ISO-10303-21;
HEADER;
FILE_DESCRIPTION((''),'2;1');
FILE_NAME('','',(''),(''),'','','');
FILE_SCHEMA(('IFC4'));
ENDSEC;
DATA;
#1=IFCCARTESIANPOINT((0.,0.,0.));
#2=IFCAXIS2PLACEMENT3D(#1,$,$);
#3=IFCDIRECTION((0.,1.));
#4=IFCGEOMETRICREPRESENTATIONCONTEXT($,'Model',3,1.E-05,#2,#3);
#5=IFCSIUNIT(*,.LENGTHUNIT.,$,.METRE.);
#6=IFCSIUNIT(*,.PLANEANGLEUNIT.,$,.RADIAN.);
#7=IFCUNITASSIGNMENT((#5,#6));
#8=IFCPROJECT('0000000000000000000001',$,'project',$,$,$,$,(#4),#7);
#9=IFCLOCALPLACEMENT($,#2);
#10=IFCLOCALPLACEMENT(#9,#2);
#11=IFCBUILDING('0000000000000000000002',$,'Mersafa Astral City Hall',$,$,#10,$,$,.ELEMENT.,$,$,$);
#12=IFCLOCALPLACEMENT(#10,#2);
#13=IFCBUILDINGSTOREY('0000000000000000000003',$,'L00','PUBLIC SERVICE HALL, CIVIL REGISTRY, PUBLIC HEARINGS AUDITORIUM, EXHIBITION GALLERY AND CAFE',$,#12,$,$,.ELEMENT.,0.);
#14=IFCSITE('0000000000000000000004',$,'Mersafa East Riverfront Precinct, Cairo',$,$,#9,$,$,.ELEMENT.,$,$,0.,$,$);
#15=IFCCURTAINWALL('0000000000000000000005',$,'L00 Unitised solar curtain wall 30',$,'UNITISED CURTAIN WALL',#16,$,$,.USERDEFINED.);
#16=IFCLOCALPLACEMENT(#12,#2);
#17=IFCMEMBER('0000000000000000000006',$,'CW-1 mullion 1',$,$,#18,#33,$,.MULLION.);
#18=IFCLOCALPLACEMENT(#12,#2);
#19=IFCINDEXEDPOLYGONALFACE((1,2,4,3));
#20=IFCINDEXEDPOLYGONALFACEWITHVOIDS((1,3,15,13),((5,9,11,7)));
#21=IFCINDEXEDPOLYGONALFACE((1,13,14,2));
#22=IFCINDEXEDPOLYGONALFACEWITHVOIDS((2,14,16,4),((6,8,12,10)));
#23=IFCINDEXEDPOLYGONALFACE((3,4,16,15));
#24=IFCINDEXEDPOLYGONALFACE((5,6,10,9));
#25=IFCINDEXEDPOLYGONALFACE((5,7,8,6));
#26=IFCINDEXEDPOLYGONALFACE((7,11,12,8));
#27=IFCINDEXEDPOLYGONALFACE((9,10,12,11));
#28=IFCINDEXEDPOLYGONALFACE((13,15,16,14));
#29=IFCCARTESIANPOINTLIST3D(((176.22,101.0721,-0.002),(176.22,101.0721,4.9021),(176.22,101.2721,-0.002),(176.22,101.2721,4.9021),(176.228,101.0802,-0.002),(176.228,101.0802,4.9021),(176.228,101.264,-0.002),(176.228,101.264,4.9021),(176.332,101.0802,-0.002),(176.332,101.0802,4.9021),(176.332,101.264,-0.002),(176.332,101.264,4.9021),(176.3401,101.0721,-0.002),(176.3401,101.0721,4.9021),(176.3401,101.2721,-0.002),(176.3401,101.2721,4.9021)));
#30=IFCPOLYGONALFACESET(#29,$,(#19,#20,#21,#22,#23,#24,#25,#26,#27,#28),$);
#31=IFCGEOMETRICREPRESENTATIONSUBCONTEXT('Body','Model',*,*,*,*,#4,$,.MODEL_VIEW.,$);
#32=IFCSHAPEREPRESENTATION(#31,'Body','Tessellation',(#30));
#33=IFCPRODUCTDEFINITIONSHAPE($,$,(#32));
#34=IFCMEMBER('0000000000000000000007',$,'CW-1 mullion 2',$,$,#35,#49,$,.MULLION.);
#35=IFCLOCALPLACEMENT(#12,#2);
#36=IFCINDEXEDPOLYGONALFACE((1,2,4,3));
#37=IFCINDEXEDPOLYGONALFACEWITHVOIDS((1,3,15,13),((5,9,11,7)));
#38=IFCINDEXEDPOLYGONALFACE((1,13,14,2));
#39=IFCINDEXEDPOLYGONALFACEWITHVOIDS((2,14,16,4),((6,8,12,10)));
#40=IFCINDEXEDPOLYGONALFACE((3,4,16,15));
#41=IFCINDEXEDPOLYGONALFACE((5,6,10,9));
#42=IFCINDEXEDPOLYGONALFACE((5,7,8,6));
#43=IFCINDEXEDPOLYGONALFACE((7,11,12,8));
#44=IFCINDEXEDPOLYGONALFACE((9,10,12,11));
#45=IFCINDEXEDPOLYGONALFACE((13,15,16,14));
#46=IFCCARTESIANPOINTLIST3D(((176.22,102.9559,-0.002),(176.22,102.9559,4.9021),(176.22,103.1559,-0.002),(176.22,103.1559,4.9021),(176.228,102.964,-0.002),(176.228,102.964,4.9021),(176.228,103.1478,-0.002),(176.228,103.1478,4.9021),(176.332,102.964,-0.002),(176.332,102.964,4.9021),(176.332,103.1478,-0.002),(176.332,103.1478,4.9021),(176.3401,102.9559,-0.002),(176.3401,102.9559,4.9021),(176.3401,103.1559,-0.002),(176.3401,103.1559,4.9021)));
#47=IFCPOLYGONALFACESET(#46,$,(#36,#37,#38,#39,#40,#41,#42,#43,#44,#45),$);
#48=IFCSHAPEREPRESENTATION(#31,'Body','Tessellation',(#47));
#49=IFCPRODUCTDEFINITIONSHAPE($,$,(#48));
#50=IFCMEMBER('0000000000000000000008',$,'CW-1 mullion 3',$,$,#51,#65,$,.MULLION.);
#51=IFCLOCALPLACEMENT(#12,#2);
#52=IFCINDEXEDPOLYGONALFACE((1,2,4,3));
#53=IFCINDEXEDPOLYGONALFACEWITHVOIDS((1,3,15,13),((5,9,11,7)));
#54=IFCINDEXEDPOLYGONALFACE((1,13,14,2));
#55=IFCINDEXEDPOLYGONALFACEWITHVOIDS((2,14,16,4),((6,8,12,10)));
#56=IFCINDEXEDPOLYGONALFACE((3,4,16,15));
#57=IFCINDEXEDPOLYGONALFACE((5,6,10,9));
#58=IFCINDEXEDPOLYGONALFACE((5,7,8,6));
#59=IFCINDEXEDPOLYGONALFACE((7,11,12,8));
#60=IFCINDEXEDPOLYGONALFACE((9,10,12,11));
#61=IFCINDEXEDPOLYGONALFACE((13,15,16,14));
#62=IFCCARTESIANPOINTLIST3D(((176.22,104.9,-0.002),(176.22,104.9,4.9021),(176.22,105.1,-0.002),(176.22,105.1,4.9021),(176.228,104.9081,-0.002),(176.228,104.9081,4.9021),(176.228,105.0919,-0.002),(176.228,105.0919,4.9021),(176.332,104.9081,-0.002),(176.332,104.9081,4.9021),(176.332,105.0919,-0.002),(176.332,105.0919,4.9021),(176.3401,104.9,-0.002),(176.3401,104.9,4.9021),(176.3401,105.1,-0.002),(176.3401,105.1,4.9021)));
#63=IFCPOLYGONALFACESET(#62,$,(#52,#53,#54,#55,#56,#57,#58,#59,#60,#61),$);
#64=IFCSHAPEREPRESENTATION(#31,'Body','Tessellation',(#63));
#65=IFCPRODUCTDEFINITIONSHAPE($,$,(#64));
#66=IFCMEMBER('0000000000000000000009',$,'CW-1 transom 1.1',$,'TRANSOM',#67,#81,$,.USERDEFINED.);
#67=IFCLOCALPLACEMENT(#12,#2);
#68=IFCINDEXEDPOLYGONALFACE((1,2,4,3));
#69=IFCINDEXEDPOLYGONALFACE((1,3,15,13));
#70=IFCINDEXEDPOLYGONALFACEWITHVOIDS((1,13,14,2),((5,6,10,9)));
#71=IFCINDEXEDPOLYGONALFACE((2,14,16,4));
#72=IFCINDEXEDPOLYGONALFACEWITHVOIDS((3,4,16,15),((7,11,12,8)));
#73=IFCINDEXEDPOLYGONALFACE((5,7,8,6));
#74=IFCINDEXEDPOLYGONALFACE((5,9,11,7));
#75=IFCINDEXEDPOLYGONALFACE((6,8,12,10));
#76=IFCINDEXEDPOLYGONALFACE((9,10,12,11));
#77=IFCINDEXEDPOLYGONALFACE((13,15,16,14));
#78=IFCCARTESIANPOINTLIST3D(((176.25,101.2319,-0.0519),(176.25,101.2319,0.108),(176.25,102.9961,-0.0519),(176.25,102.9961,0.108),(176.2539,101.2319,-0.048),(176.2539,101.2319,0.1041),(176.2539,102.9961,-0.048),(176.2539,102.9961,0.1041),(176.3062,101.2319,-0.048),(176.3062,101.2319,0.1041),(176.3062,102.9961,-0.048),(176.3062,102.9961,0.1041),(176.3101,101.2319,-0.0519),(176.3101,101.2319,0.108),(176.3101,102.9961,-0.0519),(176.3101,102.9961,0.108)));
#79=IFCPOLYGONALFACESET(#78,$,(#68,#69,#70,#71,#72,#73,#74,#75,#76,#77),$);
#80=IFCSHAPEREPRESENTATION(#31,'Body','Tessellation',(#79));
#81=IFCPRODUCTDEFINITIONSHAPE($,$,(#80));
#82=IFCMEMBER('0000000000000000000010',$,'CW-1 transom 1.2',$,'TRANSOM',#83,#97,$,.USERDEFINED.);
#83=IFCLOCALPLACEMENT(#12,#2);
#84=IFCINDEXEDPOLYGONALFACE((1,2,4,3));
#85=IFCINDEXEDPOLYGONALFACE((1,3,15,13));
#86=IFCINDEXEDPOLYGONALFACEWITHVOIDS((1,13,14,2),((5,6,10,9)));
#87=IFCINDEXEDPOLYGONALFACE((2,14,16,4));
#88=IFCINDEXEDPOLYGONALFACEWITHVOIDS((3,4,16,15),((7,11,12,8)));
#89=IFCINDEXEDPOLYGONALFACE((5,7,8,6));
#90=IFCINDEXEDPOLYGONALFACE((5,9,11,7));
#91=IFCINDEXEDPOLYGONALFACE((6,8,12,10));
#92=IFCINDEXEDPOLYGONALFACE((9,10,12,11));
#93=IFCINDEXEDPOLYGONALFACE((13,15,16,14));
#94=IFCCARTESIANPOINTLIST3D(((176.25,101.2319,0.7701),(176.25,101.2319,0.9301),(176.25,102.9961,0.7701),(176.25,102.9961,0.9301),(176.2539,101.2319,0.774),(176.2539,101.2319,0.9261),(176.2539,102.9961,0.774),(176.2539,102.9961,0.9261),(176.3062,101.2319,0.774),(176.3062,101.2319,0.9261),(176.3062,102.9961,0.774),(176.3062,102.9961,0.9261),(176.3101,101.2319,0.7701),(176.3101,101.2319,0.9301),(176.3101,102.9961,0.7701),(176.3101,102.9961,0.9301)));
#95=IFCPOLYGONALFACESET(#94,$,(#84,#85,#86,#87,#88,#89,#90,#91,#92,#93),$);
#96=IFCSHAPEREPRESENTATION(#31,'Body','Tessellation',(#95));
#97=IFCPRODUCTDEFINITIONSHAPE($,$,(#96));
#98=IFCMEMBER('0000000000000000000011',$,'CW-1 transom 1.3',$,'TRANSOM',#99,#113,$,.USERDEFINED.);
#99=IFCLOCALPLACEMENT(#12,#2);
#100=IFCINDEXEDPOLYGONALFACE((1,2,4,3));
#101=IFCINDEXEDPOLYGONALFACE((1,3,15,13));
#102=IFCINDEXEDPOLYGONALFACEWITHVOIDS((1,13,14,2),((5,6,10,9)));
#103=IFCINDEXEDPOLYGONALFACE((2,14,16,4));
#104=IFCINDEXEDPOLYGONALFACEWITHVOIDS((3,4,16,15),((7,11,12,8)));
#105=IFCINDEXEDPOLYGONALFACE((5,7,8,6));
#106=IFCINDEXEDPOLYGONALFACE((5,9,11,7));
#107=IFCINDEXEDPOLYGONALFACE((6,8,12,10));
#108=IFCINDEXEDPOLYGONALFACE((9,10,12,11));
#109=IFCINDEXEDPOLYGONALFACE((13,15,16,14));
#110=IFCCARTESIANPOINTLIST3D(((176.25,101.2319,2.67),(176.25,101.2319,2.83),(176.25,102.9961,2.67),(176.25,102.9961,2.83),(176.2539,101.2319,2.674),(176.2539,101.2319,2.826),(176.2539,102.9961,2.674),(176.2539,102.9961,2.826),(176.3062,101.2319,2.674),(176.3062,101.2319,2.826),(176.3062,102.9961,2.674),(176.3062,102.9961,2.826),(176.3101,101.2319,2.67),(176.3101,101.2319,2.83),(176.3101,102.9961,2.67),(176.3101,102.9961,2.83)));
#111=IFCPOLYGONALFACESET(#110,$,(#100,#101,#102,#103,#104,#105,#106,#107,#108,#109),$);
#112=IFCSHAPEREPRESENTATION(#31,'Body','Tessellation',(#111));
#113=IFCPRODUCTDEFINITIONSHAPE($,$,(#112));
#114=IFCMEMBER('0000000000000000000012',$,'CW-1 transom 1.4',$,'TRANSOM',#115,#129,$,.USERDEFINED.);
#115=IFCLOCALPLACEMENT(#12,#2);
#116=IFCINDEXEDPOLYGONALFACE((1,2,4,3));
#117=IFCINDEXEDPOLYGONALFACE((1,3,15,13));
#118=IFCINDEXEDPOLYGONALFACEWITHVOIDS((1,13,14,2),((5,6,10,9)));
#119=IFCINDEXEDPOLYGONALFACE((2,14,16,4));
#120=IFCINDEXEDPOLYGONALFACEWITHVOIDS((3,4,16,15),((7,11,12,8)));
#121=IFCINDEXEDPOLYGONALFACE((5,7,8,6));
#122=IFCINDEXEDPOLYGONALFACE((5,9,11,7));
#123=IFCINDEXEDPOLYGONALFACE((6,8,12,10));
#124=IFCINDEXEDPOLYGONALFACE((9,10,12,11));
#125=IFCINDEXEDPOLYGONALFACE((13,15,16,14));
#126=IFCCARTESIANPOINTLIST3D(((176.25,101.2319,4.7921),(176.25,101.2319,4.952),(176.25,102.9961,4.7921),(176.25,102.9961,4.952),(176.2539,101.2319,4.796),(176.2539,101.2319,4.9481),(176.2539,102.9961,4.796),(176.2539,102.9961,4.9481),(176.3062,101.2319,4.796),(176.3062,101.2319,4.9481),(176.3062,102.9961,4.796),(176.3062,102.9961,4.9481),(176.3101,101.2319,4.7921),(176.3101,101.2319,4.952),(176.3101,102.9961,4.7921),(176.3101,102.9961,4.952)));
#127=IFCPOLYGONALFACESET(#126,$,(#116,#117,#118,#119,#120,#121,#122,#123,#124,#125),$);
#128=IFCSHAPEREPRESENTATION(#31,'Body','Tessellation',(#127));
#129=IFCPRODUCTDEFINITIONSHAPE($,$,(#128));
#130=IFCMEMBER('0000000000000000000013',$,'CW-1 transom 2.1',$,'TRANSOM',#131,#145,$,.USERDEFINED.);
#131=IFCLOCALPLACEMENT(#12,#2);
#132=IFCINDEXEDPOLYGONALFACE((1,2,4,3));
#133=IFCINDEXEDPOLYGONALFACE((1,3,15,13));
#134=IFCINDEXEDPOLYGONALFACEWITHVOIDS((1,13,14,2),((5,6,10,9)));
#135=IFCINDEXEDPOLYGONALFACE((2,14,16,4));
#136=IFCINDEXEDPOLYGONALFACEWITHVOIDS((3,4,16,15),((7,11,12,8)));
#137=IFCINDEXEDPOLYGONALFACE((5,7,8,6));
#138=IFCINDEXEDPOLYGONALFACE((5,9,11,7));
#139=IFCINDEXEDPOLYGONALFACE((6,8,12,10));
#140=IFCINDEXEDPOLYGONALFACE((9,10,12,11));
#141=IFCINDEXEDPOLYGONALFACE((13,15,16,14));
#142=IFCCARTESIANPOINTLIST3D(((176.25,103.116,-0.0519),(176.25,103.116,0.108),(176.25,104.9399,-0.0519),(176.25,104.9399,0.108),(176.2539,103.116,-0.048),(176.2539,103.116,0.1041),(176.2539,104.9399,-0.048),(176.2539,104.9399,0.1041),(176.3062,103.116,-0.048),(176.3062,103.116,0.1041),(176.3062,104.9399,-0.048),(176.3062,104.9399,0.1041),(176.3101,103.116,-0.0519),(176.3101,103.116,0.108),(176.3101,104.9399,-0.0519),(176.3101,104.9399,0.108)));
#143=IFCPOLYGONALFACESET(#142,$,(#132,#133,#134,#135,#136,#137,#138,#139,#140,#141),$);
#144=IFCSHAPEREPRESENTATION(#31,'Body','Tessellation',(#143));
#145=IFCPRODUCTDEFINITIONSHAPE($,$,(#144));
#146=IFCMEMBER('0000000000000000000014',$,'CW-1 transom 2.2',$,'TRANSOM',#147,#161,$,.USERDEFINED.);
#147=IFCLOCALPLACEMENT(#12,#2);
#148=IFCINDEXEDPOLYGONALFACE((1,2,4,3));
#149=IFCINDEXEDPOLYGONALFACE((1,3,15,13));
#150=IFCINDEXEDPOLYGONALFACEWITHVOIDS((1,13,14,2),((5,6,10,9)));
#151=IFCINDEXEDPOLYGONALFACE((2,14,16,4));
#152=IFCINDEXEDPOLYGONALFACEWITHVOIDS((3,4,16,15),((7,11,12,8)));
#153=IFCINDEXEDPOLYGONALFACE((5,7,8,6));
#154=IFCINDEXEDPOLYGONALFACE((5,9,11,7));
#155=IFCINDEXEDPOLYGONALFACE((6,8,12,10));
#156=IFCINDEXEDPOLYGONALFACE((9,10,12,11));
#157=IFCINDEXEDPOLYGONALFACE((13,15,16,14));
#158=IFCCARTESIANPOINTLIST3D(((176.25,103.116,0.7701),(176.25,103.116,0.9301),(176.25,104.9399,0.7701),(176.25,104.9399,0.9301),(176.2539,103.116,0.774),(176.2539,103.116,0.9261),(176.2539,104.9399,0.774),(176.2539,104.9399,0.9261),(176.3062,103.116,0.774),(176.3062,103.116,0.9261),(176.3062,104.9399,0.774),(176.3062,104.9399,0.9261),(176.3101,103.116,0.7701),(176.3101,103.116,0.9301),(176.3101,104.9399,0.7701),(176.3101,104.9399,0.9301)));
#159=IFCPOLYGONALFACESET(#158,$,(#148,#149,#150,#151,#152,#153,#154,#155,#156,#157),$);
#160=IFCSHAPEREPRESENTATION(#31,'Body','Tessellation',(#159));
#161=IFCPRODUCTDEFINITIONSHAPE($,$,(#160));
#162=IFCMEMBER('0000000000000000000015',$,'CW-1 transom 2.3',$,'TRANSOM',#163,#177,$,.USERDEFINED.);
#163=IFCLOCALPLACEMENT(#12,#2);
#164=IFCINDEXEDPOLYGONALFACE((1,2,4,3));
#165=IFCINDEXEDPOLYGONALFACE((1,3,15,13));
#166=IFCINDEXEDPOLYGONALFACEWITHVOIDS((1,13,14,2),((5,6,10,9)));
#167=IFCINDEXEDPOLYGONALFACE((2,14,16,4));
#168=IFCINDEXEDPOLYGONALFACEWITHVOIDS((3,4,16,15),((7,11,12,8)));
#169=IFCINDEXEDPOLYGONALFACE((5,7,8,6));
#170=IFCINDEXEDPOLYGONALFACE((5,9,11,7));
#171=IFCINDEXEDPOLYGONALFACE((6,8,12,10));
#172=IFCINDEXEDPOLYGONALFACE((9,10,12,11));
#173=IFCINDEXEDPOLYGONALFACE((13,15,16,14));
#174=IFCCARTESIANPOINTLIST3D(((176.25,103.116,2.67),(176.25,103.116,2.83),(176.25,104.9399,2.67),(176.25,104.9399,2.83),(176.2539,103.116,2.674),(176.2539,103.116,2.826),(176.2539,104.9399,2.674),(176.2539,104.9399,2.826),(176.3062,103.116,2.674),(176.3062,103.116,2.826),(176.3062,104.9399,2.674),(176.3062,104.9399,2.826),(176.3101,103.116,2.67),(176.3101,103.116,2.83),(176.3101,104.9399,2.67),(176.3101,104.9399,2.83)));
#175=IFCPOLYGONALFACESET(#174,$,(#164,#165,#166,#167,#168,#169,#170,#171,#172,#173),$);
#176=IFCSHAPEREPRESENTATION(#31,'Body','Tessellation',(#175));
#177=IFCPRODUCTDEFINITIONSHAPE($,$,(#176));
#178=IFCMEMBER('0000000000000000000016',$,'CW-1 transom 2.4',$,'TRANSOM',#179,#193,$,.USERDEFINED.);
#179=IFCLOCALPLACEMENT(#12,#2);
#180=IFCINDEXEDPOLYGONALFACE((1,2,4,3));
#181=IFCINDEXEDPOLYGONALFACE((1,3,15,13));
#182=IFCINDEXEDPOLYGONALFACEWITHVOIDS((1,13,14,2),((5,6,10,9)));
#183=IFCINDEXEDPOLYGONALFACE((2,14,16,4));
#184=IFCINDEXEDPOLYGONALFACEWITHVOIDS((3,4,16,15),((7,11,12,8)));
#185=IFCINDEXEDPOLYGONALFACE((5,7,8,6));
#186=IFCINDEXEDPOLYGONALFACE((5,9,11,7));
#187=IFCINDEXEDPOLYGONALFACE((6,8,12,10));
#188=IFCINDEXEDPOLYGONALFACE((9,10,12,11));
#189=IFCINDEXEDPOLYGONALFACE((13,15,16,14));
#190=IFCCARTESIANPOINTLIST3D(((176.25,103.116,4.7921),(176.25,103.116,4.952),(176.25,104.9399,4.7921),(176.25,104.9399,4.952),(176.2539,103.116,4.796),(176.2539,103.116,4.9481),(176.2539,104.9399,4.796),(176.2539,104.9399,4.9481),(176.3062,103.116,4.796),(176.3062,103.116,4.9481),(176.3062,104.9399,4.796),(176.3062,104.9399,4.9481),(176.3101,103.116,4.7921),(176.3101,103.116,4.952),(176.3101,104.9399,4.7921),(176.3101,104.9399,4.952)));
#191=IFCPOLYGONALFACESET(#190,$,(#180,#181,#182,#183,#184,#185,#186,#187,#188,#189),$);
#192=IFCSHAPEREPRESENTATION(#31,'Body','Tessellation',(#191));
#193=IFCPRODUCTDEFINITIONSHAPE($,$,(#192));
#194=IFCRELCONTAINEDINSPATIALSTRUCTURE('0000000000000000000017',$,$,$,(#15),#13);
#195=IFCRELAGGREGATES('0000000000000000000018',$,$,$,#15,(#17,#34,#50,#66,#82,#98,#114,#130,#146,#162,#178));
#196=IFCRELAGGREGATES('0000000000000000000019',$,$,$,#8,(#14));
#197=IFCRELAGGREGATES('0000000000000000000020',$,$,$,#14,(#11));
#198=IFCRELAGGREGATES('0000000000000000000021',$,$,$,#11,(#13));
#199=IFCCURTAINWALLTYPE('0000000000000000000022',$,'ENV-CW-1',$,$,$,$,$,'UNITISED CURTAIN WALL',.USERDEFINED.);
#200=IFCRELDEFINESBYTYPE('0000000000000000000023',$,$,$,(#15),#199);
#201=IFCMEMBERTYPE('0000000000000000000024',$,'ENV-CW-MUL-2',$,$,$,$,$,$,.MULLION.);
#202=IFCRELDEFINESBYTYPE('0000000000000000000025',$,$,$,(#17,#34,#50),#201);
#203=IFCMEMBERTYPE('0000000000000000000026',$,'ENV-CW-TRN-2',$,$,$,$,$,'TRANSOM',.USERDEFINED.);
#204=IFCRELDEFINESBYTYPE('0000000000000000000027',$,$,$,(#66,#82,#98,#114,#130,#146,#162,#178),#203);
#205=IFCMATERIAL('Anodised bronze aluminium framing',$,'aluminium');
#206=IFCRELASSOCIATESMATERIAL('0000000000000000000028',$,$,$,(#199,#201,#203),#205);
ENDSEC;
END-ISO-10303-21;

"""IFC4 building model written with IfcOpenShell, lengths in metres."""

from ifc_helpers import new_model, si_unit, direction, frame, origin, origin_2d, place, context, subcontext, project, spatial, hollow_rectangle, extrude, material, material_profile, profile_set, type_object, element, aggregate, save


model = new_model("IFC4")

# Units and contexts
model_context = context("Model", 3, precision=1e-05, world=origin(), true_north=direction((0.0, 1.0)))
body_context = subcontext(model_context, "Body", "Model", "MODEL_VIEW")
ifc_project = project(units=[si_unit("LENGTHUNIT", "METRE"), si_unit("PLANEANGLEUNIT", "RADIAN")], contexts=[model_context])

# Site, building, storey
site_placement = place(None, origin())
site = spatial("IfcSite", under=ifc_project, at=site_placement, Name="Mersafa East Riverfront Precinct, Cairo", CompositionType="ELEMENT", RefElevation=0.0)
building_placement = place(site_placement, origin())
building = spatial("IfcBuilding", under=site, at=building_placement, Name="Mersafa Astral City Hall", CompositionType="ELEMENT")
storey_placement = place(building_placement, origin())
storey = spatial("IfcBuildingStorey", under=building, at=storey_placement, Name="L00", Description="PUBLIC SERVICE HALL, CIVIL REGISTRY, PUBLIC HEARINGS AUDITORIUM, EXHIBITION GALLERY AND CAFE", CompositionType="ELEMENT", Elevation=0.0)

# Curtain wall, members
ifc_material_1 = material(Name="Anodised bronze aluminium framing", Category="aluminium")
curtain_wall_type = type_object("IfcCurtainWallType", Name="ENV-CW-1", ElementType="UNITISED CURTAIN WALL", PredefinedType="USERDEFINED", material=ifc_material_1)
curtain_wall_placement = place(storey_placement, origin())
curtain_wall = element("IfcCurtainWall", 1, at=curtain_wall_placement, inside=storey, type_object=curtain_wall_type, Name="L00 Unitised solar curtain wall 30", ObjectType="UNITISED CURTAIN WALL", PredefinedType="USERDEFINED")
ifc_material_profile_1 = material_profile(ifc_material_1, hollow_rectangle(XDim=0.1201, YDim=0.2, WallThickness=0.0081, at=origin_2d()), Name="RHS 120x200x8")
ifc_profile_set_1 = profile_set([ifc_material_profile_1], Name="Anodised bronze aluminium framing")
member_type_1 = type_object("IfcMemberType", Name="ENV-CW-MUL-2", PredefinedType="MULLION", material=ifc_profile_set_1)
member_1_placement = place(storey_placement, frame((176.28, 101.1721, -0.002), z_axis=(0.0, 0.0, 1.0), x_axis=(-1.0, 0.0, 0.0)))
member_1 = element("IfcMember", 2, at=member_1_placement, type_object=member_type_1, Name="CW-1 mullion 1", PredefinedType="MULLION", context=body_context, shape_type="SweptSolid", body=[
    extrude(hollow_rectangle(XDim=0.1201, YDim=0.2, WallThickness=0.0081, at=origin_2d()), origin(), (0.0, 0.0, 1.0), 4.9041),
])
member_2_placement = place(storey_placement, frame((176.28, 103.0559, -0.002), z_axis=(0.0, 0.0, 1.0), x_axis=(-1.0, 0.0, 0.0)))
member_2 = element("IfcMember", 3, at=member_2_placement, type_object=member_type_1, Name="CW-1 mullion 2", PredefinedType="MULLION", context=body_context, shape_type="SweptSolid", body=[
    extrude(hollow_rectangle(XDim=0.1201, YDim=0.2, WallThickness=0.0081, at=origin_2d()), origin(), (0.0, 0.0, 1.0), 4.9041),
])
member_3_placement = place(storey_placement, frame((176.28, 105.0, -0.002), z_axis=(0.0, 0.0, 1.0), x_axis=(-1.0, 0.0, 0.0)))
member_3 = element("IfcMember", 4, at=member_3_placement, type_object=member_type_1, Name="CW-1 mullion 3", PredefinedType="MULLION", context=body_context, shape_type="SweptSolid", body=[
    extrude(hollow_rectangle(XDim=0.1201, YDim=0.2, WallThickness=0.0081, at=origin_2d()), origin(), (0.0, 0.0, 1.0), 4.9041),
])
ifc_material_profile_2 = material_profile(ifc_material_1, hollow_rectangle(XDim=0.0601, YDim=0.1599, WallThickness=0.0039, at=origin_2d()), Name="RHS 60x160x4")
ifc_profile_set_2 = profile_set([ifc_material_profile_2], Name="Anodised bronze aluminium framing")
member_type_2 = type_object("IfcMemberType", Name="ENV-CW-TRN-2", ElementType="TRANSOM", PredefinedType="USERDEFINED", material=ifc_profile_set_2)
member_4_placement = place(storey_placement, frame((176.28, 101.2319, 0.0281), z_axis=(0.0, 1.0, 0.0), x_axis=(-1.0, 0.0, 0.0)))
member_4 = element("IfcMember", 5, at=member_4_placement, type_object=member_type_2, Name="CW-1 transom 1.1", ObjectType="TRANSOM", PredefinedType="USERDEFINED", context=body_context, shape_type="SweptSolid", body=[
    extrude(hollow_rectangle(XDim=0.0601, YDim=0.1599, WallThickness=0.0039, at=origin_2d()), origin(), (0.0, 0.0, 1.0), 1.7642),
])
member_5_placement = place(storey_placement, frame((176.28, 101.2319, 0.8501), z_axis=(0.0, 1.0, 0.0), x_axis=(-1.0, 0.0, 0.0)))
member_5 = element("IfcMember", 6, at=member_5_placement, type_object=member_type_2, Name="CW-1 transom 1.2", ObjectType="TRANSOM", PredefinedType="USERDEFINED", context=body_context, shape_type="SweptSolid", body=[
    extrude(hollow_rectangle(XDim=0.0601, YDim=0.1599, WallThickness=0.0039, at=origin_2d()), origin(), (0.0, 0.0, 1.0), 1.7642),
])
member_6_placement = place(storey_placement, frame((176.28, 101.2319, 2.75), z_axis=(0.0, 1.0, 0.0), x_axis=(-1.0, 0.0, 0.0)))
member_6 = element("IfcMember", 7, at=member_6_placement, type_object=member_type_2, Name="CW-1 transom 1.3", ObjectType="TRANSOM", PredefinedType="USERDEFINED", context=body_context, shape_type="SweptSolid", body=[
    extrude(hollow_rectangle(XDim=0.0601, YDim=0.1599, WallThickness=0.0039, at=origin_2d()), origin(), (0.0, 0.0, 1.0), 1.7642),
])
member_7_placement = place(storey_placement, frame((176.28, 101.2319, 4.8721), z_axis=(0.0, 1.0, 0.0), x_axis=(-1.0, 0.0, 0.0)))
member_7 = element("IfcMember", 8, at=member_7_placement, type_object=member_type_2, Name="CW-1 transom 1.4", ObjectType="TRANSOM", PredefinedType="USERDEFINED", context=body_context, shape_type="SweptSolid", body=[
    extrude(hollow_rectangle(XDim=0.0601, YDim=0.1599, WallThickness=0.0039, at=origin_2d()), origin(), (0.0, 0.0, 1.0), 1.7642),
])
member_8_placement = place(storey_placement, frame((176.28, 103.116, 0.0281), z_axis=(0.0, 1.0, 0.0), x_axis=(-1.0, 0.0, 0.0)))
member_8 = element("IfcMember", 9, at=member_8_placement, type_object=member_type_2, Name="CW-1 transom 2.1", ObjectType="TRANSOM", PredefinedType="USERDEFINED", context=body_context, shape_type="SweptSolid", body=[
    extrude(hollow_rectangle(XDim=0.0601, YDim=0.1599, WallThickness=0.0039, at=origin_2d()), origin(), (0.0, 0.0, 1.0), 1.824),
])
member_9_placement = place(storey_placement, frame((176.28, 103.116, 0.8501), z_axis=(0.0, 1.0, 0.0), x_axis=(-1.0, 0.0, 0.0)))
member_9 = element("IfcMember", 10, at=member_9_placement, type_object=member_type_2, Name="CW-1 transom 2.2", ObjectType="TRANSOM", PredefinedType="USERDEFINED", context=body_context, shape_type="SweptSolid", body=[
    extrude(hollow_rectangle(XDim=0.0601, YDim=0.1599, WallThickness=0.0039, at=origin_2d()), origin(), (0.0, 0.0, 1.0), 1.824),
])
member_10_placement = place(storey_placement, frame((176.28, 103.116, 2.75), z_axis=(0.0, 1.0, 0.0), x_axis=(-1.0, 0.0, 0.0)))
member_10 = element("IfcMember", 11, at=member_10_placement, type_object=member_type_2, Name="CW-1 transom 2.3", ObjectType="TRANSOM", PredefinedType="USERDEFINED", context=body_context, shape_type="SweptSolid", body=[
    extrude(hollow_rectangle(XDim=0.0601, YDim=0.1599, WallThickness=0.0039, at=origin_2d()), origin(), (0.0, 0.0, 1.0), 1.824),
])
member_11_placement = place(storey_placement, frame((176.28, 103.116, 4.8721), z_axis=(0.0, 1.0, 0.0), x_axis=(-1.0, 0.0, 0.0)))
member_11 = element("IfcMember", 12, at=member_11_placement, type_object=member_type_2, Name="CW-1 transom 2.4", ObjectType="TRANSOM", PredefinedType="USERDEFINED", context=body_context, shape_type="SweptSolid", body=[
    extrude(hollow_rectangle(XDim=0.0601, YDim=0.1599, WallThickness=0.0039, at=origin_2d()), origin(), (0.0, 0.0, 1.0), 1.824),
])

aggregate(curtain_wall, [member_1, member_2, member_3, member_4, member_5, member_6, member_7, member_8, member_9, member_10, member_11])

save(model, "model.ifc")
